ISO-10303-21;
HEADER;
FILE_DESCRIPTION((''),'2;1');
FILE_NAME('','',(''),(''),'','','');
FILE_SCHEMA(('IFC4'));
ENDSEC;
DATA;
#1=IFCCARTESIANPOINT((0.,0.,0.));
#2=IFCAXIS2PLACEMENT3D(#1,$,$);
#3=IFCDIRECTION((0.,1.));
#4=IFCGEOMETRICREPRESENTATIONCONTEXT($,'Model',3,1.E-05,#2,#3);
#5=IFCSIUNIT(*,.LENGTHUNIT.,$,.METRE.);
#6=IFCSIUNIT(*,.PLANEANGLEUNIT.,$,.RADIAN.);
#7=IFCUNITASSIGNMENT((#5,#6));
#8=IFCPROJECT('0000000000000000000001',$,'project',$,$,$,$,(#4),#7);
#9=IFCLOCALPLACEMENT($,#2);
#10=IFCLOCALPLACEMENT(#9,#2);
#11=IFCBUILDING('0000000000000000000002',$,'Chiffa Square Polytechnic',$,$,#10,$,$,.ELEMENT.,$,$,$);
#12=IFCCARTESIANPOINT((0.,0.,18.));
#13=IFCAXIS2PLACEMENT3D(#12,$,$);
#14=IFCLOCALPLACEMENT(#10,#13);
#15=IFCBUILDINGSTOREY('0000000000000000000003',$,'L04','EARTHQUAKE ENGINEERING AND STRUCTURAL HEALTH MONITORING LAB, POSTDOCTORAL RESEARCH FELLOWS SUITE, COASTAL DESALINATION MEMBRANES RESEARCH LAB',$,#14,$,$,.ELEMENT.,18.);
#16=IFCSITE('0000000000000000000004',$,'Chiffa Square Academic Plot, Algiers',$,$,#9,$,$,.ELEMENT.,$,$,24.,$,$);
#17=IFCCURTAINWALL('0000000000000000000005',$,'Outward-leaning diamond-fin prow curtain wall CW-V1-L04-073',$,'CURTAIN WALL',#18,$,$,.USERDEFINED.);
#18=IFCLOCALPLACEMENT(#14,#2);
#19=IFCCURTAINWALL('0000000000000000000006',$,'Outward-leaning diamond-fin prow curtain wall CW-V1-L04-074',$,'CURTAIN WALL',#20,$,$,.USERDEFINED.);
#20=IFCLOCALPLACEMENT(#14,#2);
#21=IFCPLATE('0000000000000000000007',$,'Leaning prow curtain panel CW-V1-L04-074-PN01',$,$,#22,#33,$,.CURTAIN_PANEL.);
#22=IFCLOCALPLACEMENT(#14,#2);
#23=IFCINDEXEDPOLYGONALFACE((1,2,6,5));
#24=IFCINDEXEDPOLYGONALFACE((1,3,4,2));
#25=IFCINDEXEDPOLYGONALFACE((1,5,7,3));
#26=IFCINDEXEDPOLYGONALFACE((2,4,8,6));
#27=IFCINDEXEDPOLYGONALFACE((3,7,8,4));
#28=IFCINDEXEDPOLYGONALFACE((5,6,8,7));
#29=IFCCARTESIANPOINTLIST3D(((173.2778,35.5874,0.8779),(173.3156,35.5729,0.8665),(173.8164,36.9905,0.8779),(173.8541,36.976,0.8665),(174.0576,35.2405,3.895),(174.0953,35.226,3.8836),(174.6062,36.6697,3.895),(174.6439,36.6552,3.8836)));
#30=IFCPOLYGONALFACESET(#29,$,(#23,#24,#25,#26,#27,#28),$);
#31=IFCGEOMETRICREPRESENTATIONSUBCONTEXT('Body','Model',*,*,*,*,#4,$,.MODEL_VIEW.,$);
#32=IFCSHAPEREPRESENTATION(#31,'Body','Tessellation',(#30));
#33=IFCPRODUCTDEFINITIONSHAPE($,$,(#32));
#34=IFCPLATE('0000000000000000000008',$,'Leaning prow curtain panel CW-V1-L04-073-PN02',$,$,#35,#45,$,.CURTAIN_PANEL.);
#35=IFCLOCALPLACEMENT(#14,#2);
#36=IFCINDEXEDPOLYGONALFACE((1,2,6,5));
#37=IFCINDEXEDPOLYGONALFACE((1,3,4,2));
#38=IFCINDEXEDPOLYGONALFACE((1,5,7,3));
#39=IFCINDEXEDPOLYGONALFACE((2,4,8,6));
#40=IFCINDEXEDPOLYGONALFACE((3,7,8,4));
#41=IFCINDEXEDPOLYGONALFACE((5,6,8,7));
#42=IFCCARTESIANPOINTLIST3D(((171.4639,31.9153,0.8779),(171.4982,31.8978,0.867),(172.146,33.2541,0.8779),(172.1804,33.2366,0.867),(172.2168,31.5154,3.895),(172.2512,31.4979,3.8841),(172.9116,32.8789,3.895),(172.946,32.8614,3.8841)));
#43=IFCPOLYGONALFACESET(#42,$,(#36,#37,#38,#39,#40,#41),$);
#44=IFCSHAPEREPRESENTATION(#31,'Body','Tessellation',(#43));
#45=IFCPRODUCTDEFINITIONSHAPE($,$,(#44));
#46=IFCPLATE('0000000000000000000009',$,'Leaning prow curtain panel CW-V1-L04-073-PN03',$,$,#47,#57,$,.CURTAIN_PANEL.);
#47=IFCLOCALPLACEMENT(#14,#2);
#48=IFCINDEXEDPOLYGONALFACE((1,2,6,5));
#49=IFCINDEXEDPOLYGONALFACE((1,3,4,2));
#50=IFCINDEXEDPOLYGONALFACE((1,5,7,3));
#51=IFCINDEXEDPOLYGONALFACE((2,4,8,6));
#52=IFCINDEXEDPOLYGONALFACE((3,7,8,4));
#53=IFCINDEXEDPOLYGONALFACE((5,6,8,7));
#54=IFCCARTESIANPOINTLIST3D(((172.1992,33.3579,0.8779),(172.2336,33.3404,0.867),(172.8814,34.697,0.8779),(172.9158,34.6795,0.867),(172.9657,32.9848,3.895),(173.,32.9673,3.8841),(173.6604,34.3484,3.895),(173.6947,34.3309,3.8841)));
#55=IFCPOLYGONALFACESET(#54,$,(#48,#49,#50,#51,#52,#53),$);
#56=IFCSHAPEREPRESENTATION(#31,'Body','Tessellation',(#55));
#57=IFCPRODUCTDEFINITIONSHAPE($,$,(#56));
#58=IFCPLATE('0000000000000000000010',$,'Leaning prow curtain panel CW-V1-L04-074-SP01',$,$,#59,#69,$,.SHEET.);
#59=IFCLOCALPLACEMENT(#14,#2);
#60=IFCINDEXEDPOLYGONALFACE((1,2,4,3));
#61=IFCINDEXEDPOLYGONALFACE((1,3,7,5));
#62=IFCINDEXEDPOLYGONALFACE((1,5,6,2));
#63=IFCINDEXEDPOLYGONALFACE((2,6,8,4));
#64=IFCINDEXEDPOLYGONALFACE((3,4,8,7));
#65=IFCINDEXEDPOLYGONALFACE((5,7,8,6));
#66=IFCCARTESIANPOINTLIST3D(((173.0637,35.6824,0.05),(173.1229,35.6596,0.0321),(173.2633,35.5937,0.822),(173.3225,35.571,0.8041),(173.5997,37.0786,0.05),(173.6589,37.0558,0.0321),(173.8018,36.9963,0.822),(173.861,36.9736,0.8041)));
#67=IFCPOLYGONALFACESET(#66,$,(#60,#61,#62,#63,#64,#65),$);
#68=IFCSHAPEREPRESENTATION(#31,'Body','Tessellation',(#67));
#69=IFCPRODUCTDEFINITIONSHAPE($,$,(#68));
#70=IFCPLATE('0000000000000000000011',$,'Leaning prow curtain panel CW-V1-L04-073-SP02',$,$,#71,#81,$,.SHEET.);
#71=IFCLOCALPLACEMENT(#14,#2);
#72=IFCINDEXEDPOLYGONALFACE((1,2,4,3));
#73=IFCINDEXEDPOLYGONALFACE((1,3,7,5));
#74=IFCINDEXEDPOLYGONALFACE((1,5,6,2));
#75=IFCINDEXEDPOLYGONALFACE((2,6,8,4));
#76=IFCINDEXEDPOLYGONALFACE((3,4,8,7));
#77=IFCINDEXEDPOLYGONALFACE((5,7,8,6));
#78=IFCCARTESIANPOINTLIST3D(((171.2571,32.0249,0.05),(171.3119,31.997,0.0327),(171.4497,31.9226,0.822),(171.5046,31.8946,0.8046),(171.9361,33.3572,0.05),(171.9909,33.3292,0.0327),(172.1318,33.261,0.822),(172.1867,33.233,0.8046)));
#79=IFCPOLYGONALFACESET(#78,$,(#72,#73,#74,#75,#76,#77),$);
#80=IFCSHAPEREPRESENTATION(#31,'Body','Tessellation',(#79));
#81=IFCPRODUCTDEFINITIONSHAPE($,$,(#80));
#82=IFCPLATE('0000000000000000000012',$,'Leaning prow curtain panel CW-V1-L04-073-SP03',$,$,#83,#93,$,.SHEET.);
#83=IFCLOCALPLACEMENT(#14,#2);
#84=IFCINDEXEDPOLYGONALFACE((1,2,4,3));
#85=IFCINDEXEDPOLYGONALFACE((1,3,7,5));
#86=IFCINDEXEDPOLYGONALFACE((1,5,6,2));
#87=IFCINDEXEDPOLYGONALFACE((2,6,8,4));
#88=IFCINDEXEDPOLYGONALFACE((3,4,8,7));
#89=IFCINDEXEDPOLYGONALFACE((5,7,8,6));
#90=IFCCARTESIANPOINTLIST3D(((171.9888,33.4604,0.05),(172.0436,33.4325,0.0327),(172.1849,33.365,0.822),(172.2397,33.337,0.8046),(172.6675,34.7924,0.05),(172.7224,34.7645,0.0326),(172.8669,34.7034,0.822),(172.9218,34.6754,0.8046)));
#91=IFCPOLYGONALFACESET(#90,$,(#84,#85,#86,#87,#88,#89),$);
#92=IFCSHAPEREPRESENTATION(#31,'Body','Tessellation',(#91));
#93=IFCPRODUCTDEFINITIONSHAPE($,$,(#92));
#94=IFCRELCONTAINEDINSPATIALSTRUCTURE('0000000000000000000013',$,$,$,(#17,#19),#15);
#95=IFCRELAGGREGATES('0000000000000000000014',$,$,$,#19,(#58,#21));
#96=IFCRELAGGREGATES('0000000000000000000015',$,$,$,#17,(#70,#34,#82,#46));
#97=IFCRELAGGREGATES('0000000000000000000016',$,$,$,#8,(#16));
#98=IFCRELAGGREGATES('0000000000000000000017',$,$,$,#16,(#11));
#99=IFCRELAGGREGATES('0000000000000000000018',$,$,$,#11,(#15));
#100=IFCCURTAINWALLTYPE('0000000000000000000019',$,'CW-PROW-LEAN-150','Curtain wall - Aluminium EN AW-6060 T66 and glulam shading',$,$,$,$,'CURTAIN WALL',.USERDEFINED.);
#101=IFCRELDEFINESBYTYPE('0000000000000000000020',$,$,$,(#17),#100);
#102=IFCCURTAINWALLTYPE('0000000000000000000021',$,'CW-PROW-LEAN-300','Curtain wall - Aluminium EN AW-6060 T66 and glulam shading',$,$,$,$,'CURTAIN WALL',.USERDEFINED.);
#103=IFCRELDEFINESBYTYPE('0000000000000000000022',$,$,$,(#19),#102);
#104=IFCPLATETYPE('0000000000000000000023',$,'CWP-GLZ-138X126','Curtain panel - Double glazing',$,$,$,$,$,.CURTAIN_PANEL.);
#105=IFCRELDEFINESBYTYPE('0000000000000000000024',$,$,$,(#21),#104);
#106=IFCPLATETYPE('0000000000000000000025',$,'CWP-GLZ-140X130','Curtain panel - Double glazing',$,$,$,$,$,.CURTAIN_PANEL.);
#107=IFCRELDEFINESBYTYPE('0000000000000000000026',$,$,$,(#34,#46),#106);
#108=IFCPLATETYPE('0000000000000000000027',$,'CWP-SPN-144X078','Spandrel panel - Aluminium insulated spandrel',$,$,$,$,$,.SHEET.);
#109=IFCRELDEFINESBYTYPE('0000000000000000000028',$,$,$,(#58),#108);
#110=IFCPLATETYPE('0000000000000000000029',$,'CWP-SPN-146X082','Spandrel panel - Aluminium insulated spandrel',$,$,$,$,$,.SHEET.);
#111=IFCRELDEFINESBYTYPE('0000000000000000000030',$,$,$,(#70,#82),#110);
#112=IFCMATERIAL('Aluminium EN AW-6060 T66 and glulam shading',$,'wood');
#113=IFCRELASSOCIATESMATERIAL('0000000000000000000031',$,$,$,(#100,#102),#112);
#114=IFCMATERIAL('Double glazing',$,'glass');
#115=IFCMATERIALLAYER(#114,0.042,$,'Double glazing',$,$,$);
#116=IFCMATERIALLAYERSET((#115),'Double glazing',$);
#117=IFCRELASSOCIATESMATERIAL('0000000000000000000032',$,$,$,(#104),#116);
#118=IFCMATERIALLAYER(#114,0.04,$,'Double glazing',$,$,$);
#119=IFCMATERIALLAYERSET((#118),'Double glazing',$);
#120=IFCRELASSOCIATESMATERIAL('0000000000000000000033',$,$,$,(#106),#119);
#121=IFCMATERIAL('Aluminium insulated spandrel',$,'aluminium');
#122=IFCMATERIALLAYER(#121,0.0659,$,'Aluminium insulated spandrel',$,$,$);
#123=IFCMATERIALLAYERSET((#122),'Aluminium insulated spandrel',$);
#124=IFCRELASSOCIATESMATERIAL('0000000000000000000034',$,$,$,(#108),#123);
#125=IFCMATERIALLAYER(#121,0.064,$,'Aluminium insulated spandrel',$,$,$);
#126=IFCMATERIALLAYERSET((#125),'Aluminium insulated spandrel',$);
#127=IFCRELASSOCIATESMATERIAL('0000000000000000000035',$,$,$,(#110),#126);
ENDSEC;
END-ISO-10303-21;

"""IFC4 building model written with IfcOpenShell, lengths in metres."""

from ifc_helpers import new_model, si_unit, direction, frame, origin, place, context, subcontext, project, spatial, polyline, outline, extrude, material, layer, layer_set, type_object, element, aggregate, save


model = new_model("IFC4")

# Units and contexts
model_context = context("Model", 3, precision=1e-05, world=origin(), true_north=direction((0.0, 1.0)))
body_context = subcontext(model_context, "Body", "Model", "MODEL_VIEW")
ifc_project = project(units=[si_unit("LENGTHUNIT", "METRE"), si_unit("PLANEANGLEUNIT", "RADIAN")], contexts=[model_context])

# Site, building, storey
site_placement = place(None, origin())
site = spatial("IfcSite", under=ifc_project, at=site_placement, Name="Chiffa Square Academic Plot, Algiers", CompositionType="ELEMENT", RefElevation=24.0)
building_placement = place(site_placement, origin())
building = spatial("IfcBuilding", under=site, at=building_placement, Name="Chiffa Square Polytechnic", CompositionType="ELEMENT")
storey_placement = place(building_placement, frame((0.0, 0.0, 18.0)))
storey = spatial("IfcBuildingStorey", under=building, at=storey_placement, Name="L04", Description="EARTHQUAKE ENGINEERING AND STRUCTURAL HEALTH MONITORING LAB, POSTDOCTORAL RESEARCH FELLOWS SUITE, COASTAL DESALINATION MEMBRANES RESEARCH LAB", CompositionType="ELEMENT", Elevation=18.0)

# Curtain wall
ifc_material_1 = material(Name="Aluminium EN AW-6060 T66 and glulam shading", Category="wood")
curtain_wall_type_1 = type_object("IfcCurtainWallType", Name="CW-PROW-LEAN-150", Description="Curtain wall - Aluminium EN AW-6060 T66 and glulam shading", ElementType="CURTAIN WALL", PredefinedType="USERDEFINED", material=ifc_material_1)
curtain_wall_1_placement = place(storey_placement, origin())
curtain_wall_1 = element("IfcCurtainWall", 1, at=curtain_wall_1_placement, inside=storey, type_object=curtain_wall_type_1, Name="Outward-leaning diamond-fin prow curtain wall CW-V1-L04-073", ObjectType="CURTAIN WALL", PredefinedType="USERDEFINED")

# Curtain wall
curtain_wall_type_2 = type_object("IfcCurtainWallType", Name="CW-PROW-LEAN-300", Description="Curtain wall - Aluminium EN AW-6060 T66 and glulam shading", ElementType="CURTAIN WALL", PredefinedType="USERDEFINED", material=ifc_material_1)
curtain_wall_2_placement = place(storey_placement, origin())
curtain_wall_2 = element("IfcCurtainWall", 2, at=curtain_wall_2_placement, inside=storey, type_object=curtain_wall_type_2, Name="Outward-leaning diamond-fin prow curtain wall CW-V1-L04-074", ObjectType="CURTAIN WALL", PredefinedType="USERDEFINED")

# Plates
ifc_material_2 = material(Name="Double glazing", Category="glass")
ifc_layer_1 = layer(ifc_material_2, 0.042, Name="Double glazing")
ifc_layer_set_1 = layer_set([ifc_layer_1], Name="Double glazing")
plate_type_1 = type_object("IfcPlateType", Name="CWP-GLZ-138X126", Description="Curtain panel - Double glazing", PredefinedType="CURTAIN_PANEL", material=ifc_layer_set_1)
plate_1_placement = place(storey_placement, frame((173.2778, 35.5874, 0.8779), z_axis=(-0.898426, 0.344857, 0.271855), x_axis=(0.358354, 0.933586, 0.000001)))
plate_1 = element("IfcPlate", 3, at=plate_1_placement, type_object=plate_type_1, Name="Leaning prow curtain panel CW-V1-L04-074-PN01", PredefinedType="CURTAIN_PANEL", context=body_context, shape_type="SweptSolid", body=[
    extrude(outline(polyline([(0.0, 0.0), (1.5029, 0.0), (1.4864, -3.1352), (-0.0444, -3.1352), (0.0, 0.0)])), origin(), (0.0, 0.0, -1.0), 0.042),
])
ifc_layer_2 = layer(ifc_material_2, 0.04, Name="Double glazing")
ifc_layer_set_2 = layer_set([ifc_layer_2], Name="Double glazing")
plate_type_2 = type_object("IfcPlateType", Name="CWP-GLZ-140X130", Description="Curtain panel - Double glazing", PredefinedType="CURTAIN_PANEL", material=ifc_layer_set_2)
plate_2_placement = place(storey_placement, frame((171.4639, 31.9153, 0.8779), z_axis=(-0.857435, 0.43689, 0.271904), x_axis=(0.453992, 0.891006, -0.00001)))
plate_2 = element("IfcPlate", 4, at=plate_2_placement, type_object=plate_type_2, Name="Leaning prow curtain panel CW-V1-L04-073-PN02", PredefinedType="CURTAIN_PANEL", context=body_context, shape_type="SweptSolid", body=[
    extrude(outline(polyline([(0.0, 0.0), (1.5026, 0.0), (1.5158, -3.1352), (-0.0145, -3.1352), (0.0, 0.0)])), origin(), (0.0, 0.0, -1.0), 0.04),
])
plate_3_placement = place(storey_placement, frame((172.1992, 33.3579, 0.8779), z_axis=(-0.857464, 0.436865, 0.271853), x_axis=(0.453957, 0.891024, -0.00002)))
plate_3 = element("IfcPlate", 5, at=plate_3_placement, type_object=plate_type_2, Name="Leaning prow curtain panel CW-V1-L04-073-PN03", PredefinedType="CURTAIN_PANEL", context=body_context, shape_type="SweptSolid", body=[
    extrude(outline(polyline([(0.0, 0.0), (1.5028, 0.0), (1.5458, -3.1352), (0.0154, -3.1351), (0.0, 0.0)])), origin(), (0.0, 0.0, -1.0), 0.04),
])
ifc_material_3 = material(Name="Aluminium insulated spandrel", Category="aluminium")
ifc_layer_3 = layer(ifc_material_3, 0.0659, Name="Aluminium insulated spandrel")
ifc_layer_set_3 = layer_set([ifc_layer_3], Name="Aluminium insulated spandrel")
plate_type_3 = type_object("IfcPlateType", Name="CWP-SPN-144X078", Description="Spandrel panel - Aluminium insulated spandrel", PredefinedType="SHEET", material=ifc_layer_set_3)
plate_4_placement = place(storey_placement, frame((173.0637, 35.6824, 0.05), z_axis=(-0.898406, 0.344896, 0.27187), x_axis=(0.35839, 0.933572, -0.00002)))
plate_4 = element("IfcPlate", 6, at=plate_4_placement, type_object=plate_type_3, Name="Leaning prow curtain panel CW-V1-L04-074-SP01", PredefinedType="SHEET", context=body_context, shape_type="SweptSolid", body=[
    extrude(outline(polyline([(0.0, 0.0), (1.4955, 0.0), (1.4912, -0.8022), (-0.0113, -0.8022), (0.0, 0.0)])), origin(), (0.0, 0.0, -1.0), 0.0659),
])
aggregate(curtain_wall_2, [plate_4, plate_1])
ifc_layer_4 = layer(ifc_material_3, 0.064, Name="Aluminium insulated spandrel")
ifc_layer_set_4 = layer_set([ifc_layer_4], Name="Aluminium insulated spandrel")
plate_type_4 = type_object("IfcPlateType", Name="CWP-SPN-146X082", Description="Spandrel panel - Aluminium insulated spandrel", PredefinedType="SHEET", material=ifc_layer_set_4)
plate_5_placement = place(storey_placement, frame((171.2571, 32.0249, 0.05), z_axis=(-0.857402, 0.43697, 0.271882), x_axis=(0.454073, 0.890964, -0.000005)))
plate_5 = element("IfcPlate", 7, at=plate_5_placement, type_object=plate_type_4, Name="Leaning prow curtain panel CW-V1-L04-073-SP02", PredefinedType="SHEET", context=body_context, shape_type="SweptSolid", body=[
    extrude(outline(polyline([(0.0, 0.0), (1.4953, 0.0), (1.4985, -0.8022), (-0.0037, -0.8022), (0.0, 0.0)])), origin(), (0.0, 0.0, -1.0), 0.064),
])
plate_6_placement = place(storey_placement, frame((171.9888, 33.4604, 0.05), z_axis=(-0.857419, 0.43694, 0.271876), x_axis=(0.454039, 0.890982, -0.000014)))
plate_6 = element("IfcPlate", 8, at=plate_6_placement, type_object=plate_type_4, Name="Leaning prow curtain panel CW-V1-L04-073-SP03", PredefinedType="SHEET", context=body_context, shape_type="SweptSolid", body=[
    extrude(outline(polyline([(0.0, 0.0), (1.495, 0.0), (1.5061, -0.8022), (0.0039, -0.8022), (0.0, 0.0)])), origin(), (0.0, 0.0, -1.0), 0.064),
])
aggregate(curtain_wall_1, [plate_5, plate_2, plate_6, plate_3])

save(model, "model.ifc")
